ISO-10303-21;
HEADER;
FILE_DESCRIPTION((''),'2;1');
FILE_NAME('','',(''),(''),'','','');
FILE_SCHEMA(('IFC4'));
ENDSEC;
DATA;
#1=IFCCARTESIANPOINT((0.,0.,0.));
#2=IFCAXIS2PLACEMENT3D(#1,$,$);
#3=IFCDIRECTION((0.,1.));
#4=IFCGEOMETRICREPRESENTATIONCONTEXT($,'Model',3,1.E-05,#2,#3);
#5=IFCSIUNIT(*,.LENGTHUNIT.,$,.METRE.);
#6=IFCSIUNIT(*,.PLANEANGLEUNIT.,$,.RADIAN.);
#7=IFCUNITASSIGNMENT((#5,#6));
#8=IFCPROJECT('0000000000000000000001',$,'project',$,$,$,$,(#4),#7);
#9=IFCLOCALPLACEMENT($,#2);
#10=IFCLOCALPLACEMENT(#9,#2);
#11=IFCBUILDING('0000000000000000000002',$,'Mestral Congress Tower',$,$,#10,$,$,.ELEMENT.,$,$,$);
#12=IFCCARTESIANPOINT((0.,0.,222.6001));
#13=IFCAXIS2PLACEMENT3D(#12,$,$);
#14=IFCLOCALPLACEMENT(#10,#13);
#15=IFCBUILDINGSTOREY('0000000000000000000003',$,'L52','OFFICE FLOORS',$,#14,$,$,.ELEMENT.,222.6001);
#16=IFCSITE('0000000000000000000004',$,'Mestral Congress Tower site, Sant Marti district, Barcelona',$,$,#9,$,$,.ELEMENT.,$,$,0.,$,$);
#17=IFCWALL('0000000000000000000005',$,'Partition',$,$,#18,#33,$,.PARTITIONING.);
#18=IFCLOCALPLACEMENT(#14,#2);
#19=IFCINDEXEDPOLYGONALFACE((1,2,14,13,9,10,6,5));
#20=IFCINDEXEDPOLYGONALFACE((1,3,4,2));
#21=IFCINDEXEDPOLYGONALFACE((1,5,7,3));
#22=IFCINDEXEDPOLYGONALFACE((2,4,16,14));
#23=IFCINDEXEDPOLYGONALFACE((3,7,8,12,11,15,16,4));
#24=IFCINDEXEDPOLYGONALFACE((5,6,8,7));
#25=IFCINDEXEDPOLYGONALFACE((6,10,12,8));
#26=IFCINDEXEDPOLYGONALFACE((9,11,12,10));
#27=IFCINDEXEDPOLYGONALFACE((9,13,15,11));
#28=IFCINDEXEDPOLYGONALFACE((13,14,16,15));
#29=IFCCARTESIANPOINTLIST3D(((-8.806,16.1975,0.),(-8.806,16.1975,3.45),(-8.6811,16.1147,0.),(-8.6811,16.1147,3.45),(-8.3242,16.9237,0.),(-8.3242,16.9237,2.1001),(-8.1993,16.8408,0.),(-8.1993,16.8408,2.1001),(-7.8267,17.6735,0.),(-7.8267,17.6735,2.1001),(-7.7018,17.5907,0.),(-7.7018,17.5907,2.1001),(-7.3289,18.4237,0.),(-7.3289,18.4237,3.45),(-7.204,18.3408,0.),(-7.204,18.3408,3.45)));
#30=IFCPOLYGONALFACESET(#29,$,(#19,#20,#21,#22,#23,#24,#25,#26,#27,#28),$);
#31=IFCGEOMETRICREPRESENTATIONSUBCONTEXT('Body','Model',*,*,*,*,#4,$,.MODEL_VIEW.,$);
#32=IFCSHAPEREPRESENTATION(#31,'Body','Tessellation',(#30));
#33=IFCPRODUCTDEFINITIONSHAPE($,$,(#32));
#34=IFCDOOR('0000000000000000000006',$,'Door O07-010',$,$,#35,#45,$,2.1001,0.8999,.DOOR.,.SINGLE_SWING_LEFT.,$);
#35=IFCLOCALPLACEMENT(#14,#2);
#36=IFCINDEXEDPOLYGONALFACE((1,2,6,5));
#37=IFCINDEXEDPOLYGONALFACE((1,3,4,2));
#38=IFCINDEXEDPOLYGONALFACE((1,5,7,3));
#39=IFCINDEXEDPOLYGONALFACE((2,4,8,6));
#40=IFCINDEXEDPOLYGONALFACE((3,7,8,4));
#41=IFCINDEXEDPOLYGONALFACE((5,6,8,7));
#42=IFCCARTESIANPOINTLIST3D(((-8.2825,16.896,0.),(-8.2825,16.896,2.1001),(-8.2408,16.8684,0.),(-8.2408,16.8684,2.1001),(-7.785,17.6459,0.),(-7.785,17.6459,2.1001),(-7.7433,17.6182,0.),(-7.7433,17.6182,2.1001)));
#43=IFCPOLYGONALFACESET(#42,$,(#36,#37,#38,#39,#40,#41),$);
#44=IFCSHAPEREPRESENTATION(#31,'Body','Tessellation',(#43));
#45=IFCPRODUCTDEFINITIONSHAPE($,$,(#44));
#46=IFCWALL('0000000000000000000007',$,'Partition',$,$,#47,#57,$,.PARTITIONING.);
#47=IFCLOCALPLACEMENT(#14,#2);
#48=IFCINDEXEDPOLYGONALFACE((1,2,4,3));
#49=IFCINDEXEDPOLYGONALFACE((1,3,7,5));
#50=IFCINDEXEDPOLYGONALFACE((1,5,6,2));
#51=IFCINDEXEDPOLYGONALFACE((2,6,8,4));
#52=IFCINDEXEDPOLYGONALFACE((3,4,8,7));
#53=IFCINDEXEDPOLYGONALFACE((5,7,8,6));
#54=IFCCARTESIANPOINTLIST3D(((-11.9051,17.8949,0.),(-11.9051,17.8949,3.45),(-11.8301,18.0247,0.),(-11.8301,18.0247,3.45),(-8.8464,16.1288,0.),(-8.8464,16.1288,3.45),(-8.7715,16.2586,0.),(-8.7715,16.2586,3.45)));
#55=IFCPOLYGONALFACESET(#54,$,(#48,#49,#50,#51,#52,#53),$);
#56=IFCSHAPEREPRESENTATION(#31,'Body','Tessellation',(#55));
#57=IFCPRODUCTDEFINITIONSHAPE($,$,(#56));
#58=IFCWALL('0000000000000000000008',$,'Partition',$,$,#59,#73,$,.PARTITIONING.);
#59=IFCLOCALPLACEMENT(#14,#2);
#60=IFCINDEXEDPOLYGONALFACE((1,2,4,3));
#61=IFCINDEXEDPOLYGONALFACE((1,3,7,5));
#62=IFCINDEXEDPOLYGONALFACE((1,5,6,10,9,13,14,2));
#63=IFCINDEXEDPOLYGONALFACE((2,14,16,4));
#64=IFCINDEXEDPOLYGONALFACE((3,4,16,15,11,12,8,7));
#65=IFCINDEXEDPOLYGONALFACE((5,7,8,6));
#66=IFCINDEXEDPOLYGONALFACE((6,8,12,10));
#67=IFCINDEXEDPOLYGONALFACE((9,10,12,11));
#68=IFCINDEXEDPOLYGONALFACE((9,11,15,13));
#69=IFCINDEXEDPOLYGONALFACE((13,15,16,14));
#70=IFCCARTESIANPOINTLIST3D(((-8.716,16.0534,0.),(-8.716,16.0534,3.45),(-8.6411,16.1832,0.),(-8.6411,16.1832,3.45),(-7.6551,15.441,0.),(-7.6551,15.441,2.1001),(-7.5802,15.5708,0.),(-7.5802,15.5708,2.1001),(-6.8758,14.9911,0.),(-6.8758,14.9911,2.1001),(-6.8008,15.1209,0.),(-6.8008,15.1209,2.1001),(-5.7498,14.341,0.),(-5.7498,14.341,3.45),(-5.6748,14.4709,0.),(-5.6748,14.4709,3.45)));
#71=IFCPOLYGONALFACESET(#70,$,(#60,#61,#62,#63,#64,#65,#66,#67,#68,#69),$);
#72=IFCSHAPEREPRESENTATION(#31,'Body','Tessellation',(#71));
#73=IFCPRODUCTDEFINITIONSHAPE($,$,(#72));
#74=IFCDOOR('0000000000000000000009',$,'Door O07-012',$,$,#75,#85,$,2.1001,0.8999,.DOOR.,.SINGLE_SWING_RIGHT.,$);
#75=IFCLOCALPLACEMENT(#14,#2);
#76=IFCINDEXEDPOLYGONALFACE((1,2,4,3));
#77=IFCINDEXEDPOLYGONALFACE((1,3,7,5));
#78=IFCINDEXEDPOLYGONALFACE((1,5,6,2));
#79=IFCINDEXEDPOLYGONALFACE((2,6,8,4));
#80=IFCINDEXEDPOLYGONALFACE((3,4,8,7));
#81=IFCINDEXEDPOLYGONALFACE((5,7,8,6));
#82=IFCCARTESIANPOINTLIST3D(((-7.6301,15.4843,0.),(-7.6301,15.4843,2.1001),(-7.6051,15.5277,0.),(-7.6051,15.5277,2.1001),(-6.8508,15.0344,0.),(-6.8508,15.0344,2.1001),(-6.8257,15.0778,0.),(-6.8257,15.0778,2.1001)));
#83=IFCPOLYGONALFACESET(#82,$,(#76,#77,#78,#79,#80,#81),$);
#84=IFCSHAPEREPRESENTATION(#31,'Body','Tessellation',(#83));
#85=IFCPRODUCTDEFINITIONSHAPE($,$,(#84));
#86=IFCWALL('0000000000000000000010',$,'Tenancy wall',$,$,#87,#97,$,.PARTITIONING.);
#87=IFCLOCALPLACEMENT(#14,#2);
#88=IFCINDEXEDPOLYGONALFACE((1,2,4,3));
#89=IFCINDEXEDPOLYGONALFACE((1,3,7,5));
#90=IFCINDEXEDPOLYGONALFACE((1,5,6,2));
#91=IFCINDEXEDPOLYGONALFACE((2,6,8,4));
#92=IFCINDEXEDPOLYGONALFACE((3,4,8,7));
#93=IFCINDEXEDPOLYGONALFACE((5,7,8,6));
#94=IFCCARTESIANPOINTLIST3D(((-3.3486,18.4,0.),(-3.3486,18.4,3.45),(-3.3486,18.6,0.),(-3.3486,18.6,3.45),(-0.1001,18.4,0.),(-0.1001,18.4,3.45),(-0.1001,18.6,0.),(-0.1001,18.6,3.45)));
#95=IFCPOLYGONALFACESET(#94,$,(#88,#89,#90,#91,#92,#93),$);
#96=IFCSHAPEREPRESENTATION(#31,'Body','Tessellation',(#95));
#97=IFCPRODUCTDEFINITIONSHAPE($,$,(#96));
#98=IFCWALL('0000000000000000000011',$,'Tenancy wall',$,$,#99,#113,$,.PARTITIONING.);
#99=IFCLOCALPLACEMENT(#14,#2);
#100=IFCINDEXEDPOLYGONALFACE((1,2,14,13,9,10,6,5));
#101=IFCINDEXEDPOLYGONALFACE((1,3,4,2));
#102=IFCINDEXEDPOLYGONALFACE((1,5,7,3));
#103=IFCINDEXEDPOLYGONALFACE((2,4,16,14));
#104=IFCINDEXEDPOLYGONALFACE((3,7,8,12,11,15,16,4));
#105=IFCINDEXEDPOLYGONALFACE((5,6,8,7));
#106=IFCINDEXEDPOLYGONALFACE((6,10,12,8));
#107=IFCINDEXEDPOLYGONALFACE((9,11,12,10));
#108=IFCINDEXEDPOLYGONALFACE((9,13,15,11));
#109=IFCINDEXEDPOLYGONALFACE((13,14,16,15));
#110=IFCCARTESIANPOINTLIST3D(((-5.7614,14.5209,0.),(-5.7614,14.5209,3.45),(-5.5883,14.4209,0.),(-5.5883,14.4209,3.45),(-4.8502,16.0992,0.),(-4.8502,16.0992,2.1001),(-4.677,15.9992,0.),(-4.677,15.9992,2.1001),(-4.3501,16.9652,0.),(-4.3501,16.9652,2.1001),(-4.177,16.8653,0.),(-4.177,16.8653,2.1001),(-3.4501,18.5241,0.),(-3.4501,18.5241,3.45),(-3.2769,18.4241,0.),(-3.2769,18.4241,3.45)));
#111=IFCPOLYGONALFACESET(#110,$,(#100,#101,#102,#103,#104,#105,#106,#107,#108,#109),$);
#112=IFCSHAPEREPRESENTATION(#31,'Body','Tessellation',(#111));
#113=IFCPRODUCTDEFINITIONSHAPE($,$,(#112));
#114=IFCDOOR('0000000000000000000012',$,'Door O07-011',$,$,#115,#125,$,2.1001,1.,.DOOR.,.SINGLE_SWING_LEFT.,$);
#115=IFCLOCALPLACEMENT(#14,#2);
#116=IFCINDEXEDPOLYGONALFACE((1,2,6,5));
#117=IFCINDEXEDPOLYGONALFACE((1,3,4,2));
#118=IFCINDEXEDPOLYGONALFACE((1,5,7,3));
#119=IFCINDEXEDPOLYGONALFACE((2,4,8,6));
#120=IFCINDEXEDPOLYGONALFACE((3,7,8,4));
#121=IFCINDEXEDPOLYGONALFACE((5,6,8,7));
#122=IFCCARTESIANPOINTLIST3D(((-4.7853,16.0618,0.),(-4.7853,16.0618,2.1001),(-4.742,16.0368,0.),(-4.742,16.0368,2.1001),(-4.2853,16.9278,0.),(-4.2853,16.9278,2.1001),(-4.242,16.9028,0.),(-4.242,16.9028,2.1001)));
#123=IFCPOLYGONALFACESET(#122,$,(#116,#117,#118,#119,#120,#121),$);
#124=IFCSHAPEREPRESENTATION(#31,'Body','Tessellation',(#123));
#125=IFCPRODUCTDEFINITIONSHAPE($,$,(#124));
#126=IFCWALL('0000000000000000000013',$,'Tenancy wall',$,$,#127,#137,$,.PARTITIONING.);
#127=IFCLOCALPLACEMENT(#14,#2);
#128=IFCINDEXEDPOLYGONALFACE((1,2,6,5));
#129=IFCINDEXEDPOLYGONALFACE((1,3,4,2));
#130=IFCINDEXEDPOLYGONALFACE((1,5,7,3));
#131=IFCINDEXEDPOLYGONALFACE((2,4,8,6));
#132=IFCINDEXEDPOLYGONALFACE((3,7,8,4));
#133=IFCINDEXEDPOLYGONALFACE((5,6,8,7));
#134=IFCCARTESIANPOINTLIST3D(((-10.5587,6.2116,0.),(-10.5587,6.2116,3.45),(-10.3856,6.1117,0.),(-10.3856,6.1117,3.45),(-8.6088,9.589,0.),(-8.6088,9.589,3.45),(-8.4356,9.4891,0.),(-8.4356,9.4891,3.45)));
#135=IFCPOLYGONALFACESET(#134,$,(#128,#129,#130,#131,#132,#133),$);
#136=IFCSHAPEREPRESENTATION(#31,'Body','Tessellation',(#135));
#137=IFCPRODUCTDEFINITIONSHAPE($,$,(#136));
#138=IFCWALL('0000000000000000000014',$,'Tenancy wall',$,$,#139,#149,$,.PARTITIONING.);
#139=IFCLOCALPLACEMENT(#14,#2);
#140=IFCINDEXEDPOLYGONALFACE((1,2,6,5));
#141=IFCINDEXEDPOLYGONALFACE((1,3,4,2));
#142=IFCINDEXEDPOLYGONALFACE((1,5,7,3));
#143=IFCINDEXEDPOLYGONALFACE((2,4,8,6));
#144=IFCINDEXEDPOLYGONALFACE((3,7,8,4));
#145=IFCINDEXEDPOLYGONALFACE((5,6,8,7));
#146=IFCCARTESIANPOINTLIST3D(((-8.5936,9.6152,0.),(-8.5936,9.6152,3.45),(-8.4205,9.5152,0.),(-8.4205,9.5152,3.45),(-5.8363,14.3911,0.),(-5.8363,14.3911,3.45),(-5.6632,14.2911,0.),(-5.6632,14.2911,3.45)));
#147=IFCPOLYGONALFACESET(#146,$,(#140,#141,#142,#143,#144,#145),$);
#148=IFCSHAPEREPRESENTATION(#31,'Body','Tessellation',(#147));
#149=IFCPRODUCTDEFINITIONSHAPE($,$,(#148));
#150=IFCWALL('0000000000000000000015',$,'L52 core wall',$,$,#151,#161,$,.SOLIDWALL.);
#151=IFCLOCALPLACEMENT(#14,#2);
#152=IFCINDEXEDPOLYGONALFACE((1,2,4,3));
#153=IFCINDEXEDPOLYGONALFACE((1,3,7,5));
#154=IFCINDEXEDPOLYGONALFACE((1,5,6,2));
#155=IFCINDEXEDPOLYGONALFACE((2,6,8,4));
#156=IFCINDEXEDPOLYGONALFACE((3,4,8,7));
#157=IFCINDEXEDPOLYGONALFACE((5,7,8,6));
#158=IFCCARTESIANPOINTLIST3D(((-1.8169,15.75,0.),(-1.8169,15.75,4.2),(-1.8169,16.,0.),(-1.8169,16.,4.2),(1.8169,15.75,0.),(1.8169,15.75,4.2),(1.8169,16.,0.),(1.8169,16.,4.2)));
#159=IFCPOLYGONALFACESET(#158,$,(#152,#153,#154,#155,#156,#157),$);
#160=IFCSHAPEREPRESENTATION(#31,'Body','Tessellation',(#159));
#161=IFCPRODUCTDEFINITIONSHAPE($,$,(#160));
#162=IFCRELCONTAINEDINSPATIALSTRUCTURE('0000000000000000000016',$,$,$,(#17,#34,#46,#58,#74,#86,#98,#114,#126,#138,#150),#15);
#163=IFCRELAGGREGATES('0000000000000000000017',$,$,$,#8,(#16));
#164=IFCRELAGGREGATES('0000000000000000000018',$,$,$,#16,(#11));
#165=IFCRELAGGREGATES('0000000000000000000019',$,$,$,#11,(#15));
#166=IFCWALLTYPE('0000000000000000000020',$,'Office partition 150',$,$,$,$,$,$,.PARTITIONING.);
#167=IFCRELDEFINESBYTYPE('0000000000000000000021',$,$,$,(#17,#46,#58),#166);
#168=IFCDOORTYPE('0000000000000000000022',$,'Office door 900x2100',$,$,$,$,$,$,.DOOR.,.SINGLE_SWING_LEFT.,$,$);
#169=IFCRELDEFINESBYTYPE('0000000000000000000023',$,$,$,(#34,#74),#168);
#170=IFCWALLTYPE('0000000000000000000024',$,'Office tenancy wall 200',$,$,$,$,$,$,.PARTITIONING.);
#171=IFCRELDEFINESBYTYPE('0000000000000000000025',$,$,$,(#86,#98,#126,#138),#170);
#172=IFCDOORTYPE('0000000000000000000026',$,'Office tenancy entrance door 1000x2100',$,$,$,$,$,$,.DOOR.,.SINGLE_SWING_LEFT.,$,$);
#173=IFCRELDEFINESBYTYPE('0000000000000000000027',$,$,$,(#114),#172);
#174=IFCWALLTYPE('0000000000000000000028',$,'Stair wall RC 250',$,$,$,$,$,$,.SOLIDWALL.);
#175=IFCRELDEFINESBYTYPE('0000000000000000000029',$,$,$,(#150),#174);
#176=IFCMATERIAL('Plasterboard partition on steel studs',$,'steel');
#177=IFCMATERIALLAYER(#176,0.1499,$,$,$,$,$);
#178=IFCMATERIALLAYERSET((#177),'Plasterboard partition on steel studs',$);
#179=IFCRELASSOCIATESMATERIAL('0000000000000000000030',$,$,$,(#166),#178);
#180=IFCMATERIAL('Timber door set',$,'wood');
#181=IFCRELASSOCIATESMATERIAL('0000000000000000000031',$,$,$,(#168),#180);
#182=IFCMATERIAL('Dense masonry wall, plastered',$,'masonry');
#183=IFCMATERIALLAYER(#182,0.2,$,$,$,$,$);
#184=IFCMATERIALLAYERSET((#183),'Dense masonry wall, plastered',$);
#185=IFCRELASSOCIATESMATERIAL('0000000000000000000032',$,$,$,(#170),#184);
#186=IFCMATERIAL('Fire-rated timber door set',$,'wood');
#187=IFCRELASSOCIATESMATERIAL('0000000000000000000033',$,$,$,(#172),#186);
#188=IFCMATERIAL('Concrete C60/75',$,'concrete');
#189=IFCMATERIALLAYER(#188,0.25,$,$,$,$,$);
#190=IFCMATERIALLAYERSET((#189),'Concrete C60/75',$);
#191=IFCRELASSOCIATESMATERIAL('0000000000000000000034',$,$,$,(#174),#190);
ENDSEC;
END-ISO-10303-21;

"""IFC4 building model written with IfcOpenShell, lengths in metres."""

from ifc_helpers import new_model, si_unit, direction, frame, frame_2d, origin, place, context, subcontext, project, spatial, rectangle, extrude, material, layer, layer_set, type_object, element, fill, save


model = new_model("IFC4")

# Units and contexts
model_context = context("Model", 3, precision=1e-05, world=origin(), true_north=direction((0.0, 1.0)))
body_context = subcontext(model_context, "Body", "Model", "MODEL_VIEW")
ifc_project = project(units=[si_unit("LENGTHUNIT", "METRE"), si_unit("PLANEANGLEUNIT", "RADIAN")], contexts=[model_context])

# Site, building, storey
site_placement = place(None, origin())
site = spatial("IfcSite", under=ifc_project, at=site_placement, Name="Mestral Congress Tower site, Sant Marti district, Barcelona", CompositionType="ELEMENT", RefElevation=0.0)
building_placement = place(site_placement, origin())
building = spatial("IfcBuilding", under=site, at=building_placement, Name="Mestral Congress Tower", CompositionType="ELEMENT")
storey_placement = place(building_placement, frame((0.0, 0.0, 222.6001)))
storey = spatial("IfcBuildingStorey", under=building, at=storey_placement, Name="L52", Description="OFFICE FLOORS", CompositionType="ELEMENT", Elevation=222.6001)

# Shared definitions
ifc_material_1 = material(Name="Concrete C60/75", Category="concrete")

# Wall, opening, door
ifc_material_2 = material(Name="Plasterboard partition on steel studs", Category="steel")
ifc_layer_1 = layer(ifc_material_2, 0.1499)
ifc_layer_set_1 = layer_set([ifc_layer_1], Name="Plasterboard partition on steel studs")
wall_type_1 = type_object("IfcWallType", Name="Office partition 150", PredefinedType="PARTITIONING", material=ifc_layer_set_1)
wall_1_placement = place(storey_placement, frame((-8.7437, 16.156, 0.0), z_axis=(0.0, 0.0, 1.0), x_axis=(0.552885, 0.833257, 0.0)))
wall_1 = element("IfcWall", 1, at=wall_1_placement, inside=storey, type_object=wall_type_1, Name="Partition", PredefinedType="PARTITIONING", context=body_context, shape_type="SweptSolid", body=[
    extrude(rectangle(XDim=2.6716, YDim=0.1499, at=frame_2d((1.3359, 0.0))), origin(), (0.0, 0.0, 1.0), 3.45),
])
opening_1_placement = place(wall_1_placement, frame((0.8716, 0.0, 0.0)))
opening_1 = element("IfcOpeningElement", 2, at=opening_1_placement, cuts=wall_1, PredefinedType="OPENING", context=body_context, shape_type="SweptSolid", body=[
    extrude(rectangle(XDim=0.8999, YDim=2.1001, at=frame_2d((0.45, 1.05))), frame((0.0, 0.085, 0.0), z_axis=(0.0, -1.0, 0.0), x_axis=(1.0, 0.0, 0.0)), (0.0, 0.0, 1.0), 0.1699),
])
ifc_material_3 = material(Name="Timber door set", Category="wood")
door_type_1 = type_object("IfcDoorType", Name="Office door 900x2100", OperationType="SINGLE_SWING_LEFT", PredefinedType="DOOR", material=ifc_material_3)
door_1_placement = place(opening_1_placement, origin())
door_1 = element("IfcDoor", 3, at=door_1_placement, inside=storey, type_object=door_type_1, Name="Door O07-010", OperationType="SINGLE_SWING_LEFT", OverallHeight=2.1001, OverallWidth=0.8999, PredefinedType="DOOR", context=body_context, shape_type="SweptSolid", body=[
    extrude(rectangle(XDim=0.8999, YDim=2.1001, at=frame_2d((0.45, 1.05))), frame((0.0, 0.0249, 0.0), z_axis=(0.0, -1.0, 0.0), x_axis=(1.0, 0.0, 0.0)), (0.0, 0.0, 1.0), 0.05),
])
fill(opening_1, door_1)

# Wall
wall_2_placement = place(storey_placement, frame((-8.8088, 16.1936, 0.0), z_axis=(0.0, 0.0, 1.0), x_axis=(-0.865997, 0.50005, 0.0)))
element("IfcWall", 4, at=wall_2_placement, inside=storey, type_object=wall_type_1, Name="Partition", PredefinedType="PARTITIONING", context=body_context, shape_type="SweptSolid", body=[
    extrude(rectangle(XDim=3.532, YDim=0.1499, at=frame_2d((1.7661, 0.0))), origin(), (0.0, 0.0, 1.0), 3.45),
])

# Wall, opening, door
wall_3_placement = place(storey_placement, frame((-5.7124, 14.406, 0.0), z_axis=(0.0, 0.0, 1.0), x_axis=(-0.86605, 0.499957, 0.0)))
wall_3 = element("IfcWall", 5, at=wall_3_placement, inside=storey, type_object=wall_type_1, Name="Partition", PredefinedType="PARTITIONING", context=body_context, shape_type="SweptSolid", body=[
    extrude(rectangle(XDim=3.425, YDim=0.1499, at=frame_2d((1.7124, 0.0))), origin(), (0.0, 0.0, 1.0), 3.45),
])
opening_2_placement = place(wall_3_placement, frame((1.3, 0.0, 0.0)))
opening_2 = element("IfcOpeningElement", 6, at=opening_2_placement, cuts=wall_3, PredefinedType="OPENING", context=body_context, shape_type="SweptSolid", body=[
    extrude(rectangle(XDim=0.8999, YDim=2.1001, at=frame_2d((0.45, 1.05))), frame((0.0, 0.085, 0.0), z_axis=(0.0, -1.0, 0.0), x_axis=(1.0, 0.0, 0.0)), (0.0, 0.0, 1.0), 0.1699),
])
door_2_placement = place(opening_2_placement, origin())
door_2 = element("IfcDoor", 7, at=door_2_placement, inside=storey, type_object=door_type_1, Name="Door O07-012", OperationType="SINGLE_SWING_RIGHT", OverallHeight=2.1001, OverallWidth=0.8999, PredefinedType="DOOR", context=body_context, shape_type="SweptSolid", body=[
    extrude(rectangle(XDim=0.8999, YDim=2.1001, at=frame_2d((0.45, 1.05))), frame((0.0, 0.0249, 0.0), z_axis=(0.0, -1.0, 0.0), x_axis=(1.0, 0.0, 0.0)), (0.0, 0.0, 1.0), 0.05),
])
fill(opening_2, door_2)

# Wall
ifc_material_4 = material(Name="Dense masonry wall, plastered", Category="masonry")
ifc_layer_2 = layer(ifc_material_4, 0.2)
ifc_layer_set_2 = layer_set([ifc_layer_2], Name="Dense masonry wall, plastered")
wall_type_2 = type_object("IfcWallType", Name="Office tenancy wall 200", PredefinedType="PARTITIONING", material=ifc_layer_set_2)
wall_4_placement = place(storey_placement, frame((-0.1001, 18.5, 0.0), z_axis=(0.0, 0.0, 1.0), x_axis=(-1.0, 0.0, 0.0)))
element("IfcWall", 8, at=wall_4_placement, inside=storey, type_object=wall_type_2, Name="Tenancy wall", PredefinedType="PARTITIONING", context=body_context, shape_type="SweptSolid", body=[
    extrude(rectangle(XDim=3.2485, YDim=0.2, at=frame_2d((1.6243, 0.0))), origin(), (0.0, 0.0, 1.0), 3.45),
])

# Wall, opening, door
wall_5_placement = place(storey_placement, frame((-3.3635, 18.4741, 0.0), z_axis=(0.0, 0.0, 1.0), x_axis=(-0.500007, -0.866021, 0.0)))
wall_5 = element("IfcWall", 9, at=wall_5_placement, inside=storey, type_object=wall_type_2, Name="Tenancy wall", PredefinedType="PARTITIONING", context=body_context, shape_type="SweptSolid", body=[
    extrude(rectangle(XDim=4.6226, YDim=0.2, at=frame_2d((2.3113, 0.0))), origin(), (0.0, 0.0, 1.0), 3.45),
])
opening_3_placement = place(wall_5_placement, frame((1.8, 0.0, 0.0)))
opening_3 = element("IfcOpeningElement", 10, at=opening_3_placement, cuts=wall_5, PredefinedType="OPENING", context=body_context, shape_type="SweptSolid", body=[
    extrude(rectangle(XDim=1.0, YDim=2.1001, at=frame_2d((0.5, 1.05))), frame((0.0, 0.1099, 0.0), z_axis=(0.0, -1.0, 0.0), x_axis=(1.0, 0.0, 0.0)), (0.0, 0.0, 1.0), 0.22),
])
ifc_material_5 = material(Name="Fire-rated timber door set", Category="wood")
door_type_2 = type_object("IfcDoorType", Name="Office tenancy entrance door 1000x2100", OperationType="SINGLE_SWING_LEFT", PredefinedType="DOOR", material=ifc_material_5)
door_3_placement = place(opening_3_placement, origin())
door_3 = element("IfcDoor", 11, at=door_3_placement, inside=storey, type_object=door_type_2, Name="Door O07-011", OperationType="SINGLE_SWING_LEFT", OverallHeight=2.1001, OverallWidth=1.0, PredefinedType="DOOR", context=body_context, shape_type="SweptSolid", body=[
    extrude(rectangle(XDim=1.0, YDim=2.1001, at=frame_2d((0.5, 1.05))), frame((0.0, 0.0249, 0.0), z_axis=(0.0, -1.0, 0.0), x_axis=(1.0, 0.0, 0.0)), (0.0, 0.0, 1.0), 0.05),
])
fill(opening_3, door_3)

# Walls
wall_6_placement = place(storey_placement, frame((-8.5222, 9.5391, 0.0), z_axis=(0.0, 0.0, 1.0), x_axis=(-0.499997, -0.866027, 0.0)))
element("IfcWall", 12, at=wall_6_placement, inside=storey, type_object=wall_type_2, Name="Tenancy wall", PredefinedType="PARTITIONING", context=body_context, shape_type="SweptSolid", body=[
    extrude(rectangle(XDim=3.8999, YDim=0.2, at=frame_2d((1.95, 0.0))), origin(), (0.0, 0.0, 1.0), 3.45),
])
wall_7_placement = place(storey_placement, frame((-5.7498, 14.3411, 0.0), z_axis=(0.0, 0.0, 1.0), x_axis=(-0.499996, -0.866028, 0.0)))
element("IfcWall", 13, at=wall_7_placement, inside=storey, type_object=wall_type_2, Name="Tenancy wall", PredefinedType="PARTITIONING", context=body_context, shape_type="SweptSolid", body=[
    extrude(rectangle(XDim=5.5146, YDim=0.2, at=frame_2d((2.7573, 0.0))), origin(), (0.0, 0.0, 1.0), 3.45),
])
ifc_layer_3 = layer(ifc_material_1, 0.25)
ifc_layer_set_3 = layer_set([ifc_layer_3], Name="Concrete C60/75")
wall_type_3 = type_object("IfcWallType", Name="Stair wall RC 250", PredefinedType="SOLIDWALL", material=ifc_layer_set_3)
wall_8_placement = place(storey_placement, frame((-1.8169, 15.875, 0.0), z_axis=(0.0, 0.0, 1.0), x_axis=(1.0, 0.0, 0.0)))
element("IfcWall", 14, at=wall_8_placement, inside=storey, type_object=wall_type_3, Name="L52 core wall", PredefinedType="SOLIDWALL", context=body_context, shape_type="SweptSolid", body=[
    extrude(rectangle(XDim=3.6338, YDim=0.25, at=frame_2d((1.8169, 0.0))), origin(), (0.0, 0.0, 1.0), 4.2),
])

save(model, "model.ifc")
